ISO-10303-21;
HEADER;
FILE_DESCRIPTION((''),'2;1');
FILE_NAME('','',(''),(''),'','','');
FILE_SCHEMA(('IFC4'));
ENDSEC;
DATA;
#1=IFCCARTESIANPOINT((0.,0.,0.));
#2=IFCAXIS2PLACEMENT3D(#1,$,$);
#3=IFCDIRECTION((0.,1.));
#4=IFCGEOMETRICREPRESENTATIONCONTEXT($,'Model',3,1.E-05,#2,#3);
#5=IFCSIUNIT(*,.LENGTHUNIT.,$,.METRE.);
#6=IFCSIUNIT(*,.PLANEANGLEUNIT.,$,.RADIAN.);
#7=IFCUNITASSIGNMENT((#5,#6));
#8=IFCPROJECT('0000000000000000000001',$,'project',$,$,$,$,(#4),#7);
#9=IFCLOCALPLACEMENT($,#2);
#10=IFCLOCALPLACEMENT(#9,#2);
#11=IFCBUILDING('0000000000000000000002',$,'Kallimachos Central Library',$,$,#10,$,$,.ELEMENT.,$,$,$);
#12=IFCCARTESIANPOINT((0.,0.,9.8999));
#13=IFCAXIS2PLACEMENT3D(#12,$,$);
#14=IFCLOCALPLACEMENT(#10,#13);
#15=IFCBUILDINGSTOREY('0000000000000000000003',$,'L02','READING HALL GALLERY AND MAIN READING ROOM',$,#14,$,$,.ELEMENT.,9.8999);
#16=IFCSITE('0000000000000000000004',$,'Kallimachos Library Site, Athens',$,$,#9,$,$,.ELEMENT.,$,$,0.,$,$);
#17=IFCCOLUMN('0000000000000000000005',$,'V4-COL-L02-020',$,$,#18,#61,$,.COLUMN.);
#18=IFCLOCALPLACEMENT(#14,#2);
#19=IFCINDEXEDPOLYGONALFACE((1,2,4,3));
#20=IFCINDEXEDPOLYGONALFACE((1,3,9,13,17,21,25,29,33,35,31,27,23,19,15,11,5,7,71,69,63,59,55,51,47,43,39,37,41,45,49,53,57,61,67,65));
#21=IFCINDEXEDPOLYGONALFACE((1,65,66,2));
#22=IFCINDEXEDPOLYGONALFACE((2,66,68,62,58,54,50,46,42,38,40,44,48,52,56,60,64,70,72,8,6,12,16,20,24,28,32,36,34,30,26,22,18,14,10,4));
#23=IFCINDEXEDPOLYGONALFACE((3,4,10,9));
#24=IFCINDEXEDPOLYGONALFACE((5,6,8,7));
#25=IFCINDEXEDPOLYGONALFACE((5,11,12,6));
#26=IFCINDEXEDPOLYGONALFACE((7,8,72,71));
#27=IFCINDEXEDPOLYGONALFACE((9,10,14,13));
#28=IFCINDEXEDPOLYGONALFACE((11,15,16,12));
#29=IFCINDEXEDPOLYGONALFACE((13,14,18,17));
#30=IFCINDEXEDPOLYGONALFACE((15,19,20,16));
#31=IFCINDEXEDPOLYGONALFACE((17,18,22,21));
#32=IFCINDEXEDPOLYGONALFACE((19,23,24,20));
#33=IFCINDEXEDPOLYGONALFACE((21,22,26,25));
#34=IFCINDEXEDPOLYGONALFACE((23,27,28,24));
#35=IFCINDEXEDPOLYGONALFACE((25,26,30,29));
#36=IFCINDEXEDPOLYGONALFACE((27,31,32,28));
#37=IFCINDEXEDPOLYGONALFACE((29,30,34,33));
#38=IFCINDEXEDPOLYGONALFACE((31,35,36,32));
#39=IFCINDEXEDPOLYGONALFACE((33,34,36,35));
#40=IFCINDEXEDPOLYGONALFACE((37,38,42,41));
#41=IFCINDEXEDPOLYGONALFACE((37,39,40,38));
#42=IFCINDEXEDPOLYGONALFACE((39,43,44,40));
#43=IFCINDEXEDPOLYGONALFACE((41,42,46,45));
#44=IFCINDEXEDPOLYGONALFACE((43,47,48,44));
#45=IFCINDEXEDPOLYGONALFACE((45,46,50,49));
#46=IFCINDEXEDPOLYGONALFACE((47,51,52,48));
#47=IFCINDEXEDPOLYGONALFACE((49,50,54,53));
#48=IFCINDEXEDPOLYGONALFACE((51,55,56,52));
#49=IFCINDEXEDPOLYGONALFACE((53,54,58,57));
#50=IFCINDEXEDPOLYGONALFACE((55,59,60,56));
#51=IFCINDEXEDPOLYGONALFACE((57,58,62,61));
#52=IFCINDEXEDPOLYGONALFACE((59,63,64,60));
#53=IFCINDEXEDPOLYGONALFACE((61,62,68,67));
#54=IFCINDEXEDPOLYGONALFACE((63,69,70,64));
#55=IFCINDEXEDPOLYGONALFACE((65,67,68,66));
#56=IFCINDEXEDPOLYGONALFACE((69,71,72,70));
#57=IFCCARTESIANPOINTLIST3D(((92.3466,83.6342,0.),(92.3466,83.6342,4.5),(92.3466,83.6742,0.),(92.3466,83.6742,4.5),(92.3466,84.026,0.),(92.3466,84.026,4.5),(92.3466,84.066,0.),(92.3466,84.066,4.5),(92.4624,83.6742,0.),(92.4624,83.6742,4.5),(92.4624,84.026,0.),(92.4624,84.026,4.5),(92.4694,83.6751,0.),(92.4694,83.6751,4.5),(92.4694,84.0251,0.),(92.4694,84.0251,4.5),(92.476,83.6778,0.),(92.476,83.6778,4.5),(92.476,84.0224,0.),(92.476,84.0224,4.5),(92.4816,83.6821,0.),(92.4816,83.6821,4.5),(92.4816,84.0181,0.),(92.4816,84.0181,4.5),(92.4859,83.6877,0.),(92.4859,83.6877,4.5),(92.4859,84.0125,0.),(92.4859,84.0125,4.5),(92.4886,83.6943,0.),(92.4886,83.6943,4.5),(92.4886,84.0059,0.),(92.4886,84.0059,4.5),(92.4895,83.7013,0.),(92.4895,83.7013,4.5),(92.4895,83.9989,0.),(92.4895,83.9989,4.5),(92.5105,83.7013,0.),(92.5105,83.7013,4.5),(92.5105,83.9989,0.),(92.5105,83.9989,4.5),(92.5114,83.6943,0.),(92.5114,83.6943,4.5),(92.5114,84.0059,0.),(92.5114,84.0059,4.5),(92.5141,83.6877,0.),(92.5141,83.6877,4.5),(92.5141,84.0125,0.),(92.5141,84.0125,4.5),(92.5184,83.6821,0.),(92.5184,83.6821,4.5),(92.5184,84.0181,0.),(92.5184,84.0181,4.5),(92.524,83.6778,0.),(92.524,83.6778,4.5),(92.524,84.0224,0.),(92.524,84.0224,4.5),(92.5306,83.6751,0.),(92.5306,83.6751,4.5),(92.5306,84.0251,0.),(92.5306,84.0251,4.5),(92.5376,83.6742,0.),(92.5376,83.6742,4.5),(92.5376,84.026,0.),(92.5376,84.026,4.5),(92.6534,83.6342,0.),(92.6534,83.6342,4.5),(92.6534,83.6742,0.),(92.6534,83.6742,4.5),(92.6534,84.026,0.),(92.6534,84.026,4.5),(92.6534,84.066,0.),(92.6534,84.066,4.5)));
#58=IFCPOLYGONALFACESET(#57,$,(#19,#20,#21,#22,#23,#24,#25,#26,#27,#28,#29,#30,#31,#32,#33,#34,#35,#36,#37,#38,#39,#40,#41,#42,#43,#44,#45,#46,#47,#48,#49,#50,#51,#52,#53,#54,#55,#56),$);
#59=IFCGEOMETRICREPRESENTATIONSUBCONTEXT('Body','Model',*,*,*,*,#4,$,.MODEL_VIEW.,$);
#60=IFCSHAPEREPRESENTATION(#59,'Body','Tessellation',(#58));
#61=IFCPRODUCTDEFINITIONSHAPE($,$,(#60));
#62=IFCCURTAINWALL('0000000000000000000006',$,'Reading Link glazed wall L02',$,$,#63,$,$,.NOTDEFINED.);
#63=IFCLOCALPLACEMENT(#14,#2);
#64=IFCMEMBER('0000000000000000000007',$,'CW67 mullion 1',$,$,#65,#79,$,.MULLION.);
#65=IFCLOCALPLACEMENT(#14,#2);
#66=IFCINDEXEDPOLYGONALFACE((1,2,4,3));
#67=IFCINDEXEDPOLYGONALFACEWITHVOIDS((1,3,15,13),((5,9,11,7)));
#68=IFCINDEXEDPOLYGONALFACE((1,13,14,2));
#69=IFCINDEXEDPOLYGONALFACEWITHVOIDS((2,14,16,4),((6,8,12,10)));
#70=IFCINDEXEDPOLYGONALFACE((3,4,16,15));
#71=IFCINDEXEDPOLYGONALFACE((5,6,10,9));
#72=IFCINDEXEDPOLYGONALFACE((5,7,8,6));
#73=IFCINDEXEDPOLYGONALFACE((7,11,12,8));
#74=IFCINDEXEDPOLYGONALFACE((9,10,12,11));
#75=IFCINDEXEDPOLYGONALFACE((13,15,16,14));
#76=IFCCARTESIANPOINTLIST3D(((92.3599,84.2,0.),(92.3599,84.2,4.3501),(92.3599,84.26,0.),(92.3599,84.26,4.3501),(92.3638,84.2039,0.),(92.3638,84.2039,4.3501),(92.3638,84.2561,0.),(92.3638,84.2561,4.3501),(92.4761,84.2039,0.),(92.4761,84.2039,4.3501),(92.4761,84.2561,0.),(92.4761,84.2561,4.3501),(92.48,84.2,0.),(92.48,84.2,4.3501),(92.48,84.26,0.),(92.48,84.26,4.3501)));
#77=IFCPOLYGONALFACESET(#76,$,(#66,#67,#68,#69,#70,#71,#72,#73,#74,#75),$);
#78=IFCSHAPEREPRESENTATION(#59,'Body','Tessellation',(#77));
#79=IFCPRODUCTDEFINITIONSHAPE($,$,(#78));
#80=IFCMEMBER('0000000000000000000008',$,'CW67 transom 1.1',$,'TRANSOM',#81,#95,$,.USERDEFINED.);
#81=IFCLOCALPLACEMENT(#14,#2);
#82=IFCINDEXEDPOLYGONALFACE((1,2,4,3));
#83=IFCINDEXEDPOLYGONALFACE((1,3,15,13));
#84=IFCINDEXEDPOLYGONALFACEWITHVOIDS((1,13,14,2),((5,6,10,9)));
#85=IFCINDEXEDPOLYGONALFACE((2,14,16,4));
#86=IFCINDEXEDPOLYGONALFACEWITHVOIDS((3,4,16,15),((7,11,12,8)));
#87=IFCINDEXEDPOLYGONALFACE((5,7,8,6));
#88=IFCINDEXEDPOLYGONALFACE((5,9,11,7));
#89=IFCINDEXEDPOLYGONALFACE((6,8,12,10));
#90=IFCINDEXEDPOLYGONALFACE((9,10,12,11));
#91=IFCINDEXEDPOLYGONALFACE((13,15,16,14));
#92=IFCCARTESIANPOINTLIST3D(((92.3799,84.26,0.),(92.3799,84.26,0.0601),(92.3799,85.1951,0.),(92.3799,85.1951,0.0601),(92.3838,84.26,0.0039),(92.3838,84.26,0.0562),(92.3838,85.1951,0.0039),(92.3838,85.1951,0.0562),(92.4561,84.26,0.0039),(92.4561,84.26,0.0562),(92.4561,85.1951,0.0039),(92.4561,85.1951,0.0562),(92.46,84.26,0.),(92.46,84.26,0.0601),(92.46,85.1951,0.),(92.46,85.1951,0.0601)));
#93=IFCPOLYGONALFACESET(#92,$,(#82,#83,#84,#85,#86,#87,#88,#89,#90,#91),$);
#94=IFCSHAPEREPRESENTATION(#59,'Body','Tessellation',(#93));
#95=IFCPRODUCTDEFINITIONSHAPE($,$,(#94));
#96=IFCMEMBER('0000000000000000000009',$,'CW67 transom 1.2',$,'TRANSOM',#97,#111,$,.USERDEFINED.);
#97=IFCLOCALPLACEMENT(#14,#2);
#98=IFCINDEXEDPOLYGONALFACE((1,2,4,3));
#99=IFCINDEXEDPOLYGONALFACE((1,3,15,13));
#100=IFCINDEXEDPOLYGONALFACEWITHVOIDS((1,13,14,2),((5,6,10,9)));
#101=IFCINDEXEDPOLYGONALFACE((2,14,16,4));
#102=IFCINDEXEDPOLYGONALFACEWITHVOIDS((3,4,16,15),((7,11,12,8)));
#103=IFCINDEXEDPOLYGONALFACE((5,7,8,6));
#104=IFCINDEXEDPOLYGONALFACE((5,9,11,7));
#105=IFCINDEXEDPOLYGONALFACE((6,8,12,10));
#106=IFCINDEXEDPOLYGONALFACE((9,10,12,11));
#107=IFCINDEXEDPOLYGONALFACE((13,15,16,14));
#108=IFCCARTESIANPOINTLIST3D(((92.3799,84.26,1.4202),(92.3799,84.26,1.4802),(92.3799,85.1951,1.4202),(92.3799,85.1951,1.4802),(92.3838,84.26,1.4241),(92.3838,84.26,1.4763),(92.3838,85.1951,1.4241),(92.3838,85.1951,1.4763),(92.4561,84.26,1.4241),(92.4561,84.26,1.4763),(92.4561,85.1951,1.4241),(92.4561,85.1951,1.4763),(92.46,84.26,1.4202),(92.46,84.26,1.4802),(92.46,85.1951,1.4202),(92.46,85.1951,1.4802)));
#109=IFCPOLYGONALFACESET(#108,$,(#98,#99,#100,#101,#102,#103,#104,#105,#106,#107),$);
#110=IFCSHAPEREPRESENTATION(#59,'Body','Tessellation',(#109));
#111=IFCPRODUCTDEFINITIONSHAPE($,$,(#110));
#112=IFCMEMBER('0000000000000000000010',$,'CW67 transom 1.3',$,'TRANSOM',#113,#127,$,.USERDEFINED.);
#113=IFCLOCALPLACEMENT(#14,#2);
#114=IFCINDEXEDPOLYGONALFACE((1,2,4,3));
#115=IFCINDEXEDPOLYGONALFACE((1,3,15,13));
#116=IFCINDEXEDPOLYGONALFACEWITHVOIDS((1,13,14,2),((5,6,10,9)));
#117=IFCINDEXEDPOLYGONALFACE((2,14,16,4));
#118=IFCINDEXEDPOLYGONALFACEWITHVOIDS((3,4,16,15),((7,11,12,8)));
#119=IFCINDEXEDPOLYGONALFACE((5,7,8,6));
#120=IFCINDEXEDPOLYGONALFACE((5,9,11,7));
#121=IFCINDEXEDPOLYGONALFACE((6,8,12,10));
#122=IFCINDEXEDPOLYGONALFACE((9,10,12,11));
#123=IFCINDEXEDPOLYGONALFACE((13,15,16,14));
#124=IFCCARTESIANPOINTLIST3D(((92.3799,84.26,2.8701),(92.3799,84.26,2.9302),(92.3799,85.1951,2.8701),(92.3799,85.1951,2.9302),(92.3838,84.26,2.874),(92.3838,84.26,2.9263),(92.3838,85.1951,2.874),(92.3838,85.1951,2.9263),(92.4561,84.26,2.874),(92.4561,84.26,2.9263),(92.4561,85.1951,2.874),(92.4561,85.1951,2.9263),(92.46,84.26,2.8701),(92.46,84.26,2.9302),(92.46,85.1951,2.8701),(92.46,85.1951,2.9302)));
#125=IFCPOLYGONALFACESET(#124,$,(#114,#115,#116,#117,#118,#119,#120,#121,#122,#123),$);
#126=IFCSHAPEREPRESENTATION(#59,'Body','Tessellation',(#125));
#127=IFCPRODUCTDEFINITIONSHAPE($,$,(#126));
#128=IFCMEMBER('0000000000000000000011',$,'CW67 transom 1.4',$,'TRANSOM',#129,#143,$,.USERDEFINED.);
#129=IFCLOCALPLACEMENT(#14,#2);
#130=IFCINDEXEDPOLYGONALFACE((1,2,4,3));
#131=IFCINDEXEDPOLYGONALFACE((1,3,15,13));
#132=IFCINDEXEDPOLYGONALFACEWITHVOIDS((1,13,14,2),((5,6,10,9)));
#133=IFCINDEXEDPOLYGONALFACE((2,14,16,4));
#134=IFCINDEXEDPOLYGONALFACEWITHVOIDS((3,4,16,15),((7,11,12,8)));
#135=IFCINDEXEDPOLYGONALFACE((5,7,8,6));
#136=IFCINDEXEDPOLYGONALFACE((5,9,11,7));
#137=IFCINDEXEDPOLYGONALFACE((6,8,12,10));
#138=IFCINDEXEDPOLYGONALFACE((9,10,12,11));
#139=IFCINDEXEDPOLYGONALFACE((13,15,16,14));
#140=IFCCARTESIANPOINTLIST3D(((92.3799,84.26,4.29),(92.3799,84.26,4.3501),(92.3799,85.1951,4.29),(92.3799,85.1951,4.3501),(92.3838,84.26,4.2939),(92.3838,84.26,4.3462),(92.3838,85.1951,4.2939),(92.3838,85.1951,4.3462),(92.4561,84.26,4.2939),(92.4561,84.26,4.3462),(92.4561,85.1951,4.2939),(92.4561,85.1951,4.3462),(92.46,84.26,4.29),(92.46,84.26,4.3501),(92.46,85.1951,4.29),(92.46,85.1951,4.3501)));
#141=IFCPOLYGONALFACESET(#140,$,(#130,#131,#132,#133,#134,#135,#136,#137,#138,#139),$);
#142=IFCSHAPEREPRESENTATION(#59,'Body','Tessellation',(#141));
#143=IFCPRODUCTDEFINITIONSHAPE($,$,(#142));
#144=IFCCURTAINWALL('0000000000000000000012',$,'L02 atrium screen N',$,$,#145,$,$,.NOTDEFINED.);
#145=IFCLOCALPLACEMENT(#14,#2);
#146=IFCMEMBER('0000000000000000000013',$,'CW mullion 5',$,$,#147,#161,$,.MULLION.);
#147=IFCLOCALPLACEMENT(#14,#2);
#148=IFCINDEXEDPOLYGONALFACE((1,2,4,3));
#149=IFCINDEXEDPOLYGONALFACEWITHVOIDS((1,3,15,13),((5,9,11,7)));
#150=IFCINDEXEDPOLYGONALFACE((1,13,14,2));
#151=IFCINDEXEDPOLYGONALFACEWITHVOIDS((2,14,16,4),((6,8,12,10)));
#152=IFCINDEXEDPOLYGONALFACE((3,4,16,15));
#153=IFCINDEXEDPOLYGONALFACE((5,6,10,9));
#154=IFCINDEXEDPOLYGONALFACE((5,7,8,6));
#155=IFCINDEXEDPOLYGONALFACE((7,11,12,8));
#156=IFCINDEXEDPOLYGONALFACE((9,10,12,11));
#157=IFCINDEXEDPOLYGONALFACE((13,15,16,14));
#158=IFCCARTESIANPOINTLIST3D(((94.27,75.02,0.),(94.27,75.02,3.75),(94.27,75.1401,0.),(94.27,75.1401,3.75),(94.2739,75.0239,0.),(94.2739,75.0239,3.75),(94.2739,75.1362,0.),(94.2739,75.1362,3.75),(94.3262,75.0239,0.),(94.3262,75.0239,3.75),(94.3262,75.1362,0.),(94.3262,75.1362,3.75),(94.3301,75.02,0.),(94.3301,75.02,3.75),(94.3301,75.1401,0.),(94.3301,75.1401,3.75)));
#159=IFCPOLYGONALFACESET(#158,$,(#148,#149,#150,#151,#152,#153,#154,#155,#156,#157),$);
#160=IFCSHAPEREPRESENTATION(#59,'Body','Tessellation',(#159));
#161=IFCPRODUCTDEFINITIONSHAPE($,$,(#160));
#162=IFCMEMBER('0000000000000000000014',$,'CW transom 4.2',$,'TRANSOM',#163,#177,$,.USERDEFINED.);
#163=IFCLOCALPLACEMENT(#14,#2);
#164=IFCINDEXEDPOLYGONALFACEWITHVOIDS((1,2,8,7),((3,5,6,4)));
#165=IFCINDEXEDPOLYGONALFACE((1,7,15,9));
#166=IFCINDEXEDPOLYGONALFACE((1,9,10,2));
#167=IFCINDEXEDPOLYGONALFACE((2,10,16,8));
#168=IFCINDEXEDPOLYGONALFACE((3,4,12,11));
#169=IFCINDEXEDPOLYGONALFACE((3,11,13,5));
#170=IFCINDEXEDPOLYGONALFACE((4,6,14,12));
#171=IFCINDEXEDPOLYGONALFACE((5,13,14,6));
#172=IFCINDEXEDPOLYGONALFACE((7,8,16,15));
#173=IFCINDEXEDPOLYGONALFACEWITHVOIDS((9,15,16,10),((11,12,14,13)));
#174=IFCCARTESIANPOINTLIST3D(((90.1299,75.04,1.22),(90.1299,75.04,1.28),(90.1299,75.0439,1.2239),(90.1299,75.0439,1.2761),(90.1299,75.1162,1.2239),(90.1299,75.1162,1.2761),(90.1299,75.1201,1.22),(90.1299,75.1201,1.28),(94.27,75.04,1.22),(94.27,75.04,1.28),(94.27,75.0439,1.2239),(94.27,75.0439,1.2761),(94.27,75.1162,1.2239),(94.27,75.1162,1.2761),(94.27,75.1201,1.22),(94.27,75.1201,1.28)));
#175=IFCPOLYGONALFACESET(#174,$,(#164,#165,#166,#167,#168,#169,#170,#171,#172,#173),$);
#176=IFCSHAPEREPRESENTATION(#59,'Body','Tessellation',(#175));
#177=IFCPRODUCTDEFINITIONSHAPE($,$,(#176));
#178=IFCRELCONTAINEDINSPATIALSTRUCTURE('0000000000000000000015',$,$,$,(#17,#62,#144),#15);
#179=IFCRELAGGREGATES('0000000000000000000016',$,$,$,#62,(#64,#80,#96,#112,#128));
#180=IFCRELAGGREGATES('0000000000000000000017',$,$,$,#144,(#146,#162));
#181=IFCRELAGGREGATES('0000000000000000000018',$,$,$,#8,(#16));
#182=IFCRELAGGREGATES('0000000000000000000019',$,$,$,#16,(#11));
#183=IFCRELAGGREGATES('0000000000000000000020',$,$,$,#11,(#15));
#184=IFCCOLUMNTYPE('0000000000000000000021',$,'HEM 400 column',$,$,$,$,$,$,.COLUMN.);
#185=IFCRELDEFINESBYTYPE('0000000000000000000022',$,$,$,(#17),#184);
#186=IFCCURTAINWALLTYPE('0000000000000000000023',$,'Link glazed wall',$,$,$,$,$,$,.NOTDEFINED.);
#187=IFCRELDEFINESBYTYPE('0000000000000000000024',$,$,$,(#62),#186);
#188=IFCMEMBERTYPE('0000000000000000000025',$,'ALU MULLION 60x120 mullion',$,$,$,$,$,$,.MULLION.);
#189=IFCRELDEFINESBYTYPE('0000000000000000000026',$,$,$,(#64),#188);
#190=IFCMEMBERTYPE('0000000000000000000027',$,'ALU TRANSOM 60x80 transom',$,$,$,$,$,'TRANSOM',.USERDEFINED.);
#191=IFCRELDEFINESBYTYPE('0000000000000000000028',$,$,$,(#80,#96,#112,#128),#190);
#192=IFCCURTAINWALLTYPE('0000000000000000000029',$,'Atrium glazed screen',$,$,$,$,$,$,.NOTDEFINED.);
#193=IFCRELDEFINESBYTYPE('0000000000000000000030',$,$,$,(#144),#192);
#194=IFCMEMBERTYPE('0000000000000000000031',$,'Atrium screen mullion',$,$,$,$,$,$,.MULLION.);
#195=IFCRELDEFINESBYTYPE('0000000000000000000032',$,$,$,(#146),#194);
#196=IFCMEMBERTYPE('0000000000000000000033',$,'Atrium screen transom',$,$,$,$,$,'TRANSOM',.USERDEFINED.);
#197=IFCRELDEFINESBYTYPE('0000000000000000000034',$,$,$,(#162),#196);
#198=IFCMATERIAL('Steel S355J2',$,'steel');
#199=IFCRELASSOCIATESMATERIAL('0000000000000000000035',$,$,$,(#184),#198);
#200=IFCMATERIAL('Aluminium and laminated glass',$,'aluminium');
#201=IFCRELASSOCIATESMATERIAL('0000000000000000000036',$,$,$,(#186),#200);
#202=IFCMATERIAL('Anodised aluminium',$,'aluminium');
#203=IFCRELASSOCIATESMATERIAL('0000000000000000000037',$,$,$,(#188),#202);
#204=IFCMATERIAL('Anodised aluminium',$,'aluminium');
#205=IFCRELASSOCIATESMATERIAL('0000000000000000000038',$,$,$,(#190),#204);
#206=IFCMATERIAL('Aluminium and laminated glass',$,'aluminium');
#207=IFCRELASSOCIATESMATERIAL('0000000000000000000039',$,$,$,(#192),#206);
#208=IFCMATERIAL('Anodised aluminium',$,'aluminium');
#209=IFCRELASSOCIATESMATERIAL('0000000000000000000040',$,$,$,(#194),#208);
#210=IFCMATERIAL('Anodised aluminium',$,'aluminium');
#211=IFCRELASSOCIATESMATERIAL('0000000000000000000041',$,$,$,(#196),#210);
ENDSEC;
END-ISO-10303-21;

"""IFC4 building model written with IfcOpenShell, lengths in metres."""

from ifc_helpers import new_model, si_unit, direction, frame, origin, origin_2d, place, context, subcontext, project, spatial, hollow_rectangle, i_section, extrude, material, material_profile, profile_set, type_object, element, aggregate, save


model = new_model("IFC4")

# Units and contexts
model_context = context("Model", 3, precision=1e-05, world=origin(), true_north=direction((0.0, 1.0)))
body_context = subcontext(model_context, "Body", "Model", "MODEL_VIEW")
ifc_project = project(units=[si_unit("LENGTHUNIT", "METRE"), si_unit("PLANEANGLEUNIT", "RADIAN")], contexts=[model_context])

# Site, building, storey
site_placement = place(None, origin())
site = spatial("IfcSite", under=ifc_project, at=site_placement, Name="Kallimachos Library Site, Athens", CompositionType="ELEMENT", RefElevation=0.0)
building_placement = place(site_placement, origin())
building = spatial("IfcBuilding", under=site, at=building_placement, Name="Kallimachos Central Library", CompositionType="ELEMENT")
storey_placement = place(building_placement, frame((0.0, 0.0, 9.8999)))
storey = spatial("IfcBuildingStorey", under=building, at=storey_placement, Name="L02", Description="READING HALL GALLERY AND MAIN READING ROOM", CompositionType="ELEMENT", Elevation=9.8999)

# Column
ifc_material_1 = material(Name="Steel S355J2", Category="steel")
ifc_material_profile_1 = material_profile(ifc_material_1, i_section(OverallWidth=0.3069, OverallDepth=0.4319, WebThickness=0.021, FlangeThickness=0.04, FilletRadius=0.0271, at=origin_2d()), Name="HEM 400")
ifc_profile_set_1 = profile_set([ifc_material_profile_1], Name="Steel S355J2")
column_type = type_object("IfcColumnType", Name="HEM 400 column", PredefinedType="COLUMN", material=ifc_profile_set_1)
column_placement = place(storey_placement, frame((92.5, 83.8501, 0.0), z_axis=(0.0, 0.0, 1.0), x_axis=(1.0, 0.0, 0.0)))
element("IfcColumn", 1, at=column_placement, inside=storey, type_object=column_type, Name="V4-COL-L02-020", PredefinedType="COLUMN", context=body_context, shape_type="SweptSolid", body=[
    extrude(i_section(OverallWidth=0.3069, OverallDepth=0.4319, WebThickness=0.021, FlangeThickness=0.04, FilletRadius=0.0271, at=origin_2d()), origin(), (0.0, 0.0, 1.0), 4.5),
])

# Curtain walls, members
ifc_material_2 = material(Name="Aluminium and laminated glass", Category="aluminium")
curtain_wall_type_1 = type_object("IfcCurtainWallType", Name="Link glazed wall", PredefinedType="NOTDEFINED", material=ifc_material_2)
curtain_wall_1_placement = place(storey_placement, origin())
curtain_wall_1 = element("IfcCurtainWall", 2, at=curtain_wall_1_placement, inside=storey, type_object=curtain_wall_type_1, Name="Reading Link glazed wall L02", PredefinedType="NOTDEFINED")
ifc_material_3 = material(Name="Anodised aluminium", Category="aluminium")
ifc_material_profile_2 = material_profile(ifc_material_3, hollow_rectangle(XDim=0.0601, YDim=0.1201, WallThickness=0.0039, at=origin_2d()), Name="ALU MULLION 60x120")
ifc_profile_set_2 = profile_set([ifc_material_profile_2], Name="Anodised aluminium")
member_type_1 = type_object("IfcMemberType", Name="ALU MULLION 60x120 mullion", PredefinedType="MULLION", material=ifc_profile_set_2)
member_1_placement = place(storey_placement, frame((92.4199, 84.23, 0.0), z_axis=(0.0, 0.0, 1.0), x_axis=(0.0, 1.0, 0.0)))
member_1 = element("IfcMember", 3, at=member_1_placement, type_object=member_type_1, Name="CW67 mullion 1", PredefinedType="MULLION", context=body_context, shape_type="SweptSolid", body=[
    extrude(hollow_rectangle(XDim=0.0601, YDim=0.1201, WallThickness=0.0039, at=origin_2d()), origin(), (0.0, 0.0, 1.0), 4.3501),
])
ifc_material_4 = material(Name="Anodised aluminium", Category="aluminium")
ifc_material_profile_3 = material_profile(ifc_material_4, hollow_rectangle(XDim=0.0601, YDim=0.0801, WallThickness=0.0039, at=origin_2d()), Name="ALU TRANSOM 60x80")
ifc_profile_set_3 = profile_set([ifc_material_profile_3], Name="Anodised aluminium")
member_type_2 = type_object("IfcMemberType", Name="ALU TRANSOM 60x80 transom", ElementType="TRANSOM", PredefinedType="USERDEFINED", material=ifc_profile_set_3)
member_2_placement = place(storey_placement, frame((92.4199, 84.26, 0.03), z_axis=(0.0, 1.0, 0.0), x_axis=(0.0, 0.0, 1.0)))
member_2 = element("IfcMember", 4, at=member_2_placement, type_object=member_type_2, Name="CW67 transom 1.1", ObjectType="TRANSOM", PredefinedType="USERDEFINED", context=body_context, shape_type="SweptSolid", body=[
    extrude(hollow_rectangle(XDim=0.0601, YDim=0.0801, WallThickness=0.0039, at=origin_2d()), origin(), (0.0, 0.0, 1.0), 0.9351),
])
member_3_placement = place(storey_placement, frame((92.4199, 84.26, 1.4502), z_axis=(0.0, 1.0, 0.0), x_axis=(0.0, 0.0, 1.0)))
member_3 = element("IfcMember", 5, at=member_3_placement, type_object=member_type_2, Name="CW67 transom 1.2", ObjectType="TRANSOM", PredefinedType="USERDEFINED", context=body_context, shape_type="SweptSolid", body=[
    extrude(hollow_rectangle(XDim=0.0601, YDim=0.0801, WallThickness=0.0039, at=origin_2d()), origin(), (0.0, 0.0, 1.0), 0.9351),
])
member_4_placement = place(storey_placement, frame((92.4199, 84.26, 2.9001), z_axis=(0.0, 1.0, 0.0), x_axis=(0.0, 0.0, 1.0)))
member_4 = element("IfcMember", 6, at=member_4_placement, type_object=member_type_2, Name="CW67 transom 1.3", ObjectType="TRANSOM", PredefinedType="USERDEFINED", context=body_context, shape_type="SweptSolid", body=[
    extrude(hollow_rectangle(XDim=0.0601, YDim=0.0801, WallThickness=0.0039, at=origin_2d()), origin(), (0.0, 0.0, 1.0), 0.9351),
])
member_5_placement = place(storey_placement, frame((92.4199, 84.26, 4.3201), z_axis=(0.0, 1.0, 0.0), x_axis=(0.0, 0.0, 1.0)))
member_5 = element("IfcMember", 7, at=member_5_placement, type_object=member_type_2, Name="CW67 transom 1.4", ObjectType="TRANSOM", PredefinedType="USERDEFINED", context=body_context, shape_type="SweptSolid", body=[
    extrude(hollow_rectangle(XDim=0.0601, YDim=0.0801, WallThickness=0.0039, at=origin_2d()), origin(), (0.0, 0.0, 1.0), 0.9351),
])
aggregate(curtain_wall_1, [member_1, member_2, member_3, member_4, member_5])
ifc_material_5 = material(Name="Aluminium and laminated glass", Category="aluminium")
curtain_wall_type_2 = type_object("IfcCurtainWallType", Name="Atrium glazed screen", PredefinedType="NOTDEFINED", material=ifc_material_5)
curtain_wall_2_placement = place(storey_placement, origin())
curtain_wall_2 = element("IfcCurtainWall", 8, at=curtain_wall_2_placement, inside=storey, type_object=curtain_wall_type_2, Name="L02 atrium screen N", PredefinedType="NOTDEFINED")
ifc_material_6 = material(Name="Anodised aluminium", Category="aluminium")
ifc_material_profile_4 = material_profile(ifc_material_6, hollow_rectangle(XDim=0.0601, YDim=0.1201, WallThickness=0.0039, at=origin_2d()), Name="ALU MULLION 60x120")
ifc_profile_set_4 = profile_set([ifc_material_profile_4], Name="Anodised aluminium")
member_type_3 = type_object("IfcMemberType", Name="Atrium screen mullion", PredefinedType="MULLION", material=ifc_profile_set_4)
member_6_placement = place(storey_placement, frame((94.3, 75.0801, 0.0), z_axis=(0.0, 0.0, 1.0), x_axis=(1.0, 0.0, 0.0)))
member_6 = element("IfcMember", 9, at=member_6_placement, type_object=member_type_3, Name="CW mullion 5", PredefinedType="MULLION", context=body_context, shape_type="SweptSolid", body=[
    extrude(hollow_rectangle(XDim=0.0601, YDim=0.1201, WallThickness=0.0039, at=origin_2d()), origin(), (0.0, 0.0, 1.0), 3.75),
])
ifc_material_7 = material(Name="Anodised aluminium", Category="aluminium")
ifc_material_profile_5 = material_profile(ifc_material_7, hollow_rectangle(XDim=0.0601, YDim=0.0801, WallThickness=0.0039, at=origin_2d()), Name="ALU TRANSOM 60x80")
ifc_profile_set_5 = profile_set([ifc_material_profile_5], Name="Anodised aluminium")
member_type_4 = type_object("IfcMemberType", Name="Atrium screen transom", ElementType="TRANSOM", PredefinedType="USERDEFINED", material=ifc_profile_set_5)
member_7_placement = place(storey_placement, frame((90.1299, 75.0801, 1.25), z_axis=(1.0, 0.0, 0.0), x_axis=(0.0, 0.0, 1.0)))
member_7 = element("IfcMember", 10, at=member_7_placement, type_object=member_type_4, Name="CW transom 4.2", ObjectType="TRANSOM", PredefinedType="USERDEFINED", context=body_context, shape_type="SweptSolid", body=[
    extrude(hollow_rectangle(XDim=0.0601, YDim=0.0801, WallThickness=0.0039, at=origin_2d()), origin(), (0.0, 0.0, 1.0), 4.1401),
])

aggregate(curtain_wall_2, [member_6, member_7])

save(model, "model.ifc")
